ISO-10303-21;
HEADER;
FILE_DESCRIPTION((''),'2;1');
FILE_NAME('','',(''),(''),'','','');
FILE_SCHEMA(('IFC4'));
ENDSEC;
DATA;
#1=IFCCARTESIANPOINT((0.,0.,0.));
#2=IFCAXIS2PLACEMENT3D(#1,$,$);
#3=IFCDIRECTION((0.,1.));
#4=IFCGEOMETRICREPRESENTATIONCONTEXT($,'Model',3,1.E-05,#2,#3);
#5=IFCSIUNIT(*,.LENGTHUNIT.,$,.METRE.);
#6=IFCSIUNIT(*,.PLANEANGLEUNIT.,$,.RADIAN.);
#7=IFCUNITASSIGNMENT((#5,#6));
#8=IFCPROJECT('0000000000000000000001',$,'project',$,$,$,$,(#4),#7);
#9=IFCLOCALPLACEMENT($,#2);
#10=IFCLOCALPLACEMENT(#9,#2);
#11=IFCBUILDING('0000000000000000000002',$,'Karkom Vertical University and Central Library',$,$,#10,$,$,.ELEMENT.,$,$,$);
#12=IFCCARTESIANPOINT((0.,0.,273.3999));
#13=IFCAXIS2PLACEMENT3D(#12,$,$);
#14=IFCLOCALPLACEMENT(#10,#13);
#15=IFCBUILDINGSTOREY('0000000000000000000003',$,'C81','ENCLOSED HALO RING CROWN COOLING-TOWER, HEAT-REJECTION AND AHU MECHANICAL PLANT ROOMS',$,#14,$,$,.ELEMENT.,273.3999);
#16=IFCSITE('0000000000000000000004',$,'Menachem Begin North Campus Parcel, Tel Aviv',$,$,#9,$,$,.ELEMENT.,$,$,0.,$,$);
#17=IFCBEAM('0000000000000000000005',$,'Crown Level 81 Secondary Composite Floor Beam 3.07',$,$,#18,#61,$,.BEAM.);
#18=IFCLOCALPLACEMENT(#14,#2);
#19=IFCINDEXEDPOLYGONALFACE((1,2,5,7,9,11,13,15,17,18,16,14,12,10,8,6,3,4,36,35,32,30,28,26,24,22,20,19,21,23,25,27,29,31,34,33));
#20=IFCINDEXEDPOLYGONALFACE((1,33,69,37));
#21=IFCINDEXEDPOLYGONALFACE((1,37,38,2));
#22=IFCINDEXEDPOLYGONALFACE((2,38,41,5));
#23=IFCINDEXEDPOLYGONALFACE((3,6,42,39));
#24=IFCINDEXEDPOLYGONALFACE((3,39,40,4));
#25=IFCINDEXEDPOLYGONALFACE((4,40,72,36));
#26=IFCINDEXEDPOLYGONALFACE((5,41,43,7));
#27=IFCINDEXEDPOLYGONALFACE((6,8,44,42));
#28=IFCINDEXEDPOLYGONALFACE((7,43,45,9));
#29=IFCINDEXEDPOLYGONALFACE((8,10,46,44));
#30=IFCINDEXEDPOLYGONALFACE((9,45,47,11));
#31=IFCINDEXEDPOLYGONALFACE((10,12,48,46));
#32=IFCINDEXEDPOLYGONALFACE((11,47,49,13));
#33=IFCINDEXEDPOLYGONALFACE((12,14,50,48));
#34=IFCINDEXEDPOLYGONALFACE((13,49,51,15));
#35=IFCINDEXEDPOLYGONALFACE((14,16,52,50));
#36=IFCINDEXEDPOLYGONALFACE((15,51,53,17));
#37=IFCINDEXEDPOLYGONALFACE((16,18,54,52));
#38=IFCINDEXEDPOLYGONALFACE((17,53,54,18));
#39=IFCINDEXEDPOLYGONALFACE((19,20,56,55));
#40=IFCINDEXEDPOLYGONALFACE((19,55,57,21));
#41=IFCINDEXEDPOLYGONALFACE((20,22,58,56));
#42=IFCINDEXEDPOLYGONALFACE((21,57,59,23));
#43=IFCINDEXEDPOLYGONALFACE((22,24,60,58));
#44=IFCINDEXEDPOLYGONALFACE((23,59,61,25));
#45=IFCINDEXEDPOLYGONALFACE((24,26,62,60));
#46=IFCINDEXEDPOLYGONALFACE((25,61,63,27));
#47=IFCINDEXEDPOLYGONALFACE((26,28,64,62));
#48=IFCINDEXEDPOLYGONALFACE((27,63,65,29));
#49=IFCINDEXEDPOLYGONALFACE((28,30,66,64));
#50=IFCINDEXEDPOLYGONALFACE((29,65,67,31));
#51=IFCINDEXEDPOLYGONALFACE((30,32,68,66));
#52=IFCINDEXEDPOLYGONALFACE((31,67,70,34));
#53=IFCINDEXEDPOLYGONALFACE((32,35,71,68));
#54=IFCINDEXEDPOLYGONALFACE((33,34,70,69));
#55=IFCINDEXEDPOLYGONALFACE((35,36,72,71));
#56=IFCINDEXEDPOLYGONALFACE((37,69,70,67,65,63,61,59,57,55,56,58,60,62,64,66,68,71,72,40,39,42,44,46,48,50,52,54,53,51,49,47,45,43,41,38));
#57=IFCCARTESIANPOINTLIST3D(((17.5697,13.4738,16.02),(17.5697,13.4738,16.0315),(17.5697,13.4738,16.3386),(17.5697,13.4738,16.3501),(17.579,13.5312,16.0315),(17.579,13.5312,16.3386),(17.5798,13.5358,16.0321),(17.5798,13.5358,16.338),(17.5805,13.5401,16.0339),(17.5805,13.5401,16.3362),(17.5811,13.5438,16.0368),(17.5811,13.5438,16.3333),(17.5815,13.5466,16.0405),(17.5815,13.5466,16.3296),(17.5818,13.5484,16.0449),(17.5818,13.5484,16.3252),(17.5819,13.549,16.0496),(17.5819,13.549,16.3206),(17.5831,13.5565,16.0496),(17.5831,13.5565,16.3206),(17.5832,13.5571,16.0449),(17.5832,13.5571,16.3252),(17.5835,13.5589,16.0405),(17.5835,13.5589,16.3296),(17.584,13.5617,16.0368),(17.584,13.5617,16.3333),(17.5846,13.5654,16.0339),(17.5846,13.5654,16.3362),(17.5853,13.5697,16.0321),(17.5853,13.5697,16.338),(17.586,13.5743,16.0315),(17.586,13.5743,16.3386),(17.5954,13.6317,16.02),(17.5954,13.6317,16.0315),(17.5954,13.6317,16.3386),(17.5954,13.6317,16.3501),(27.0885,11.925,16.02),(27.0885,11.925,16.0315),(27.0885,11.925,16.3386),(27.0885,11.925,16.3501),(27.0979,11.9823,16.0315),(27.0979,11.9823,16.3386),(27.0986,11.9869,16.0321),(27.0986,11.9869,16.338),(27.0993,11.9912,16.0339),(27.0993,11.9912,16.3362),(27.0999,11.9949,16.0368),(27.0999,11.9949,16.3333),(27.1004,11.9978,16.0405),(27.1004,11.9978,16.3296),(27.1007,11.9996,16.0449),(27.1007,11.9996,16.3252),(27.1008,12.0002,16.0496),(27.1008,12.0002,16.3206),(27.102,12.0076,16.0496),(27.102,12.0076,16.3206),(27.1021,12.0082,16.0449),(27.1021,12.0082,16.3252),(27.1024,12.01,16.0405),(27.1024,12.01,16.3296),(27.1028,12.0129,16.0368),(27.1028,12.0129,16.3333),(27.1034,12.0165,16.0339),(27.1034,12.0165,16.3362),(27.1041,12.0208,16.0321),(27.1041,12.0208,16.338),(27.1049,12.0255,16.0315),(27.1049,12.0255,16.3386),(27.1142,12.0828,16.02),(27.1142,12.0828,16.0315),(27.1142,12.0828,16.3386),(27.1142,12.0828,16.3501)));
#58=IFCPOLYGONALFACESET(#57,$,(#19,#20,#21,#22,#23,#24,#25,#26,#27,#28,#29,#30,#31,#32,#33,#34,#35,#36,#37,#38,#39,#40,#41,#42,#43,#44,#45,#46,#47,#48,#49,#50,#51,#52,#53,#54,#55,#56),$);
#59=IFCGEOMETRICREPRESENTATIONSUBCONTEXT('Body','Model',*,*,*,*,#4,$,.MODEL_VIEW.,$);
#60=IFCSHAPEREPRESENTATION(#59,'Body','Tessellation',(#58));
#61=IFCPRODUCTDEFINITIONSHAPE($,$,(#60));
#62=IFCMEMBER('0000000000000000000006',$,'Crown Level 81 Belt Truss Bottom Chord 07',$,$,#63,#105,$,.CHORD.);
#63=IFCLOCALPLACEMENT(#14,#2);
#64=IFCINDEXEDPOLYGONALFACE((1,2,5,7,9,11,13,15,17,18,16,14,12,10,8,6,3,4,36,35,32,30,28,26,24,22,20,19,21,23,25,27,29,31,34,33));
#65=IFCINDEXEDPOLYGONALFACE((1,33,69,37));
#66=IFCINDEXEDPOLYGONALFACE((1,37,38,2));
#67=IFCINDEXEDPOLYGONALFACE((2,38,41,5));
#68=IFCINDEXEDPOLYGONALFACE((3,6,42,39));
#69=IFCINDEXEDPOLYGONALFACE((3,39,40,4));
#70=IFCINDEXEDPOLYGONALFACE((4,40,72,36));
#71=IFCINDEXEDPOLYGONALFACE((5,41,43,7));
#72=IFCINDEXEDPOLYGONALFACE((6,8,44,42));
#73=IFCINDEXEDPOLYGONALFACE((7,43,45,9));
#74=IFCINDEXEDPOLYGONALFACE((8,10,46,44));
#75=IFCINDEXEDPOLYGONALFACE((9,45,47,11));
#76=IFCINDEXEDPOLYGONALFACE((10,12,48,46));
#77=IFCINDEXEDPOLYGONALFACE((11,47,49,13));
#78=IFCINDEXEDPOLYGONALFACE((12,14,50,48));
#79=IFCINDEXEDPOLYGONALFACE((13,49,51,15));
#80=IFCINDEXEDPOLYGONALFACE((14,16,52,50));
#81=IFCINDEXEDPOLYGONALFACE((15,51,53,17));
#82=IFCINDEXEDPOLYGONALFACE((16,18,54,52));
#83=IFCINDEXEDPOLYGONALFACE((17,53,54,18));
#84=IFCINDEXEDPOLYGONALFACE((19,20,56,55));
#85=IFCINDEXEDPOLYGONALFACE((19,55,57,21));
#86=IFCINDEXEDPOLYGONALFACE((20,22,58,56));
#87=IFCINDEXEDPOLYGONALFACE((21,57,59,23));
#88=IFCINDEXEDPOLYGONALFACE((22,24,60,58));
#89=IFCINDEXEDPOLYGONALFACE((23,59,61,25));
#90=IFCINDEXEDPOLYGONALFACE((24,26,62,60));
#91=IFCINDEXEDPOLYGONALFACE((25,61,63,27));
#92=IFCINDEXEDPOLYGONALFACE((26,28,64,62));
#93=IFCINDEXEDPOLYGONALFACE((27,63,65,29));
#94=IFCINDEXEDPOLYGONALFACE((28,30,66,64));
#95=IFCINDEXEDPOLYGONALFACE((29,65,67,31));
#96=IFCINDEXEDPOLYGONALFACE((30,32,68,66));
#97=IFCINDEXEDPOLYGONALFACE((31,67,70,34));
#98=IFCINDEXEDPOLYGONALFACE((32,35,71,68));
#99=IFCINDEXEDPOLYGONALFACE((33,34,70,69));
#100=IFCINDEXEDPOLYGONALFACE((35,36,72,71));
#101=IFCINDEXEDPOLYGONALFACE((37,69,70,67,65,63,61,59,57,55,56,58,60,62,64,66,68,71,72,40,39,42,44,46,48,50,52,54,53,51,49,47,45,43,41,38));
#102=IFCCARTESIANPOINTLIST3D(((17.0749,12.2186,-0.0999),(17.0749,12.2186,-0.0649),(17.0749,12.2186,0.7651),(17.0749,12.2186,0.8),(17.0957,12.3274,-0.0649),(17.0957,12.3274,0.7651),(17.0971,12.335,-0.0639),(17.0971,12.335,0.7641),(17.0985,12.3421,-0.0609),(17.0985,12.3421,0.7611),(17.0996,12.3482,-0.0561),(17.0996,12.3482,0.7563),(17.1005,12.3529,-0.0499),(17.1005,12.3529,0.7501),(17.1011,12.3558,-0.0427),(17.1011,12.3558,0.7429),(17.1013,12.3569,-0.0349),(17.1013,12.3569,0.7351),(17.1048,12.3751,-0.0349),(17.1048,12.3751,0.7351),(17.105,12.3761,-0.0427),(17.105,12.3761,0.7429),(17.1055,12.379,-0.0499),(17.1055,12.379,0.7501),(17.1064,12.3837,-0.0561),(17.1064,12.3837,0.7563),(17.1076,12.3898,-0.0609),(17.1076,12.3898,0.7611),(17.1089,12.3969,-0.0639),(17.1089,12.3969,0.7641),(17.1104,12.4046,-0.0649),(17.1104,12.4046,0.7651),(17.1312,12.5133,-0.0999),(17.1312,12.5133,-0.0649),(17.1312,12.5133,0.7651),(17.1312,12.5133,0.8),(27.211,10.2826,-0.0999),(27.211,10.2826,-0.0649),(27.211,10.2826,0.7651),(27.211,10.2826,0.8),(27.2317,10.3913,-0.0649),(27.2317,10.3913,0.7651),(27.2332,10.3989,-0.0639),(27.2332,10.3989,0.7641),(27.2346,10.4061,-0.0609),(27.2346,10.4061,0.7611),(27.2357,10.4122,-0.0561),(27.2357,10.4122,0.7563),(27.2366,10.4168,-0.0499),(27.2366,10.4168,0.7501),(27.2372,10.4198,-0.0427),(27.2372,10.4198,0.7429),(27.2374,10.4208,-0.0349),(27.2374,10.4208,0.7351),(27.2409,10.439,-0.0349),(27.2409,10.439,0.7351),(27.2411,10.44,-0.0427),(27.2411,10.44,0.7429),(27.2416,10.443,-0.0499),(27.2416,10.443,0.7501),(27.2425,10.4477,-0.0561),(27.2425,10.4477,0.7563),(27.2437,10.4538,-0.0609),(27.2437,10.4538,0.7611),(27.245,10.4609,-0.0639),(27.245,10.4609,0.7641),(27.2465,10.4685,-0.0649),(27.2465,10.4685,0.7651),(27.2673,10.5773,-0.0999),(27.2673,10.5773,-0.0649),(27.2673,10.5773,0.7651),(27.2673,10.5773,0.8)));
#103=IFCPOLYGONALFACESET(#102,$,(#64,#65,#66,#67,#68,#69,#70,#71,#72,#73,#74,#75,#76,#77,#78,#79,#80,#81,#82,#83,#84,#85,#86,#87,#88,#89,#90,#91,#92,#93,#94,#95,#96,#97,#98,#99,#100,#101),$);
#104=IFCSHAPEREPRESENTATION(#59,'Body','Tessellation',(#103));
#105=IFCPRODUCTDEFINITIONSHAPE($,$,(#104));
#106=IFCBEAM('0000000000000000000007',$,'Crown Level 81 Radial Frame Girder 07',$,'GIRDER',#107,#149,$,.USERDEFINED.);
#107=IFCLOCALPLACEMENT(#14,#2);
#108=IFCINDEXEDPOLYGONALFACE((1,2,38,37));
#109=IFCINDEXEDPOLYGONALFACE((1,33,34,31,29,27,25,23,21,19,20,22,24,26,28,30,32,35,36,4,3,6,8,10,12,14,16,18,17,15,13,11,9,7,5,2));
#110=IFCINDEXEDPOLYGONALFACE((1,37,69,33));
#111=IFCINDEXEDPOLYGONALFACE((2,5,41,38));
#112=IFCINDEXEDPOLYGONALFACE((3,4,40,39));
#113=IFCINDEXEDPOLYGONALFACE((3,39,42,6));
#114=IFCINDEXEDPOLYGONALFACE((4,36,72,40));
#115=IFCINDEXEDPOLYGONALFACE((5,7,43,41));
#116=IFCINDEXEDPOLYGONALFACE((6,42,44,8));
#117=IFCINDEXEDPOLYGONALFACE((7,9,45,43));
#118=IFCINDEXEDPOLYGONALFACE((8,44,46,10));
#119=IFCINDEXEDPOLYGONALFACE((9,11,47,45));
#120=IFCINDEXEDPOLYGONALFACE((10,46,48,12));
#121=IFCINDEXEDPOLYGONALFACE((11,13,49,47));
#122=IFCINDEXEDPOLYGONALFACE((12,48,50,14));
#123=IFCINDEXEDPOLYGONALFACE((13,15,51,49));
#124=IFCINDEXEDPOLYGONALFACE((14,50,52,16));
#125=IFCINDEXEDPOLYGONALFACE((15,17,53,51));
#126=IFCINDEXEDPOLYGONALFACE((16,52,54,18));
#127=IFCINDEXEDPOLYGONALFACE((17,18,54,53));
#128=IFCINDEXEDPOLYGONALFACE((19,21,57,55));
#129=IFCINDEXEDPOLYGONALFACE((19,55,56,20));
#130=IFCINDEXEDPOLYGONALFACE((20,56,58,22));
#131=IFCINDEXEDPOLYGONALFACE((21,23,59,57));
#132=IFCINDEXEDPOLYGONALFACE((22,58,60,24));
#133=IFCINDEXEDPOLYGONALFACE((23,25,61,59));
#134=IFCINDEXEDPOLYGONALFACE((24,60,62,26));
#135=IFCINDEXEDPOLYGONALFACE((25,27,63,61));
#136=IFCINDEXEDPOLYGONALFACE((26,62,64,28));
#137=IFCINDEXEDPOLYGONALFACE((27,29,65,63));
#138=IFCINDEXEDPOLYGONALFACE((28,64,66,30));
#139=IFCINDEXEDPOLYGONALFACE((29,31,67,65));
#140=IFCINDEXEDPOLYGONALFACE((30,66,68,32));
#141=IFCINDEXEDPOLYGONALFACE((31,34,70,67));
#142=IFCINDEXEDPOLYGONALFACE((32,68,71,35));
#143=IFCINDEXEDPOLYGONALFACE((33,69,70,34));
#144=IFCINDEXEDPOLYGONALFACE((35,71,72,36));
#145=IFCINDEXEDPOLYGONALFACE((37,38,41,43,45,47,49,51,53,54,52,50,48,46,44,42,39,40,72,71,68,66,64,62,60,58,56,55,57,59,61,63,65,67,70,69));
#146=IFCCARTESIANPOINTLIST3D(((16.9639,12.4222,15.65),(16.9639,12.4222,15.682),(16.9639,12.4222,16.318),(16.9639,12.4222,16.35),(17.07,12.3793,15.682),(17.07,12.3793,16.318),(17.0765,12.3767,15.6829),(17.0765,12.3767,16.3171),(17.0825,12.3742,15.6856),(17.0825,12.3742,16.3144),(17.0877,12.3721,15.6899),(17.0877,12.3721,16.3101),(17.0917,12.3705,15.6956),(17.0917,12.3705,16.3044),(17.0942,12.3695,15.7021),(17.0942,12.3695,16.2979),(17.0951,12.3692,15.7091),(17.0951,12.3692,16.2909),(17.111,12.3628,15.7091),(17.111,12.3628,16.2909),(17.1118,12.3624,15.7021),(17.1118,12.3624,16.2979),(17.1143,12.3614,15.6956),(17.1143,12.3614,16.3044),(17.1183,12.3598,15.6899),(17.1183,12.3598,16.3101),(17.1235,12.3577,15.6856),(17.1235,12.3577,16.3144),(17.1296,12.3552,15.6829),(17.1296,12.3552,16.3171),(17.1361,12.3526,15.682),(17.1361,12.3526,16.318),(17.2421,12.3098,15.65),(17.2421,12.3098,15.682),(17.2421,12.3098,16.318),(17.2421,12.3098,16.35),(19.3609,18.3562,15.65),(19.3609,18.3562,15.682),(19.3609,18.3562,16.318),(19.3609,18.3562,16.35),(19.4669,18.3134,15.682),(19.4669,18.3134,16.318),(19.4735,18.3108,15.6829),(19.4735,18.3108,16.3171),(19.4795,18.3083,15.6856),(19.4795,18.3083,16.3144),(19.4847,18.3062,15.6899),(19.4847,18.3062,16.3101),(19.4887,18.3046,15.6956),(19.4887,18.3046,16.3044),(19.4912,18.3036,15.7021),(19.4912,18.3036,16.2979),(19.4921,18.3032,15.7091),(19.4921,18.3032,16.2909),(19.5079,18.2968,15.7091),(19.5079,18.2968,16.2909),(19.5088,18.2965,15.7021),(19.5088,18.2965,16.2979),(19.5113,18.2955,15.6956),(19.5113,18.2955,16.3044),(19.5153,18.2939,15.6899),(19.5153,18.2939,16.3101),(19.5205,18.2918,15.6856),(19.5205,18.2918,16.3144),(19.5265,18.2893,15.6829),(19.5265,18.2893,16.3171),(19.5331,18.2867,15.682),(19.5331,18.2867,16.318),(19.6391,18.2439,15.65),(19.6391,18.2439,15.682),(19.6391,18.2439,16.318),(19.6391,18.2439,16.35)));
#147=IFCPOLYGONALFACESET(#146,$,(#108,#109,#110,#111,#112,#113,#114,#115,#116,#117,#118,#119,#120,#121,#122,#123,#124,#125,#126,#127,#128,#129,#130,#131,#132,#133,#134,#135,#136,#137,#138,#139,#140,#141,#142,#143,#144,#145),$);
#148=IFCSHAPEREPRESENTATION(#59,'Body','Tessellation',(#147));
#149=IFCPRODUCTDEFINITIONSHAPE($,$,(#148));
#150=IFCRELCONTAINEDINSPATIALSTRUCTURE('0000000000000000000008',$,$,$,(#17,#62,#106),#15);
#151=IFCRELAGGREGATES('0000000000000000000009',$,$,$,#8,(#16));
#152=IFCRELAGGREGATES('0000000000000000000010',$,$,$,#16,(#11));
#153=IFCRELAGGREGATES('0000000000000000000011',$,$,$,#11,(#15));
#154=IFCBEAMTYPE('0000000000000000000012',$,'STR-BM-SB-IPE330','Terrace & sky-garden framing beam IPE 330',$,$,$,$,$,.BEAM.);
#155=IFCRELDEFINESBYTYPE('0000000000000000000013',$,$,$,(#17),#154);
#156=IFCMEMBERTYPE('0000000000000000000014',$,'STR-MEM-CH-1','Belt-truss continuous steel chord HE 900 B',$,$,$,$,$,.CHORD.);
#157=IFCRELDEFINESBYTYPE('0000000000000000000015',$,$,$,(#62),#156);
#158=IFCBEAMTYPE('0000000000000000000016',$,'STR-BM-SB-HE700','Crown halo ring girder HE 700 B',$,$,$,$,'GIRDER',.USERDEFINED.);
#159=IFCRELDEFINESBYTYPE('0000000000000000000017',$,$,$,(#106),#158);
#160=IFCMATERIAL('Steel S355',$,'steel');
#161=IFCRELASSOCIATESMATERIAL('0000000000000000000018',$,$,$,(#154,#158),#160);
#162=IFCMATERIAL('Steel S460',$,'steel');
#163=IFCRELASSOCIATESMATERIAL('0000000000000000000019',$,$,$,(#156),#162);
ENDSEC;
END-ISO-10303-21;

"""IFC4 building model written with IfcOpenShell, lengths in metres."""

from ifc_helpers import new_model, si_unit, direction, frame, origin, origin_with_axes, origin_2d, place, context, subcontext, project, spatial, i_section, extrude, source, transform, mapped, material, material_profile, profile_set, type_object, element, save


model = new_model("IFC4")

# Units and contexts
model_context = context("Model", 3, precision=1e-05, world=origin(), true_north=direction((0.0, 1.0)))
body_context = subcontext(model_context, "Body", "Model", "MODEL_VIEW")
ifc_project = project(units=[si_unit("LENGTHUNIT", "METRE"), si_unit("PLANEANGLEUNIT", "RADIAN")], contexts=[model_context])

# Site, building, storey
site_placement = place(None, origin())
site = spatial("IfcSite", under=ifc_project, at=site_placement, Name="Menachem Begin North Campus Parcel, Tel Aviv", CompositionType="ELEMENT", RefElevation=0.0)
building_placement = place(site_placement, origin())
building = spatial("IfcBuilding", under=site, at=building_placement, Name="Karkom Vertical University and Central Library", CompositionType="ELEMENT")
storey_placement = place(building_placement, frame((0.0, 0.0, 273.3999)))
storey = spatial("IfcBuildingStorey", under=building, at=storey_placement, Name="C81", Description="ENCLOSED HALO RING CROWN COOLING-TOWER, HEAT-REJECTION AND AHU MECHANICAL PLANT ROOMS", CompositionType="ELEMENT", Elevation=273.3999)

# Beam
ifc_material_1 = material(Name="Steel S355", Category="steel")
ifc_material_profile_1 = material_profile(ifc_material_1, i_section(OverallWidth=0.1599, OverallDepth=0.3301, WebThickness=0.0076, FlangeThickness=0.0115, FilletRadius=0.0181, at=origin_2d()), Name="IPE 330")
ifc_profile_set_1 = profile_set([ifc_material_profile_1], Name="Steel S355")
beam_type_1 = type_object("IfcBeamType", Name="STR-BM-SB-IPE330", Description="Terrace & sky-garden framing beam IPE 330", PredefinedType="BEAM", material=ifc_profile_set_1)
shared_shape_1 = source(origin_with_axes(), body_context, "Body", "SweptSolid", [
    extrude(i_section(OverallWidth=0.1599, OverallDepth=0.3301, WebThickness=0.0076, FlangeThickness=0.0115, FilletRadius=0.0181, at=origin_2d()), origin(), (0.0, 0.0, 1.0), 9.644),
])
beam_1_placement = place(storey_placement, frame((17.5825, 13.5527, 16.1851), z_axis=(0.987019, -0.1606, 0.0), x_axis=(0.1606, 0.987019, 0.0)))
element("IfcBeam", 1, at=beam_1_placement, inside=storey, type_object=beam_type_1, Name="Crown Level 81 Secondary Composite Floor Beam 3.07", PredefinedType="BEAM", context=body_context, shape_type="MappedRepresentation", body=[
    mapped(shared_shape_1, transform((0.0, 0.0, 0.0), scale=1.0)),
])

# Member
ifc_material_2 = material(Name="Steel S460", Category="steel")
ifc_material_profile_2 = material_profile(ifc_material_2, i_section(OverallWidth=0.3, OverallDepth=0.8999, WebThickness=0.0186, FlangeThickness=0.0349, FilletRadius=0.03, at=origin_2d()), Name="HE 900 B")
ifc_profile_set_2 = profile_set([ifc_material_profile_2], Name="Steel S460")
member_type_1 = type_object("IfcMemberType", Name="STR-MEM-CH-1", Description="Belt-truss continuous steel chord HE 900 B", PredefinedType="CHORD", material=ifc_profile_set_2)
shared_shape_2 = source(origin_with_axes(), body_context, "Body", "SweptSolid", [
    extrude(i_section(OverallWidth=0.3, OverallDepth=0.8999, WebThickness=0.0186, FlangeThickness=0.0349, FilletRadius=0.03, at=origin_2d()), origin(), (0.0, 0.0, 1.0), 10.3193),
])
member_1_placement = place(storey_placement, frame((17.103, 12.366, 0.3501), z_axis=(0.982243, -0.187614, 0.0), x_axis=(0.187614, 0.982243, 0.0)))
element("IfcMember", 2, at=member_1_placement, inside=storey, type_object=member_type_1, Name="Crown Level 81 Belt Truss Bottom Chord 07", PredefinedType="CHORD", context=body_context, shape_type="MappedRepresentation", body=[
    mapped(shared_shape_2, transform((0.0, 0.0, 0.0), scale=1.0)),
])

# Beam
ifc_material_profile_3 = material_profile(ifc_material_1, i_section(OverallWidth=0.3, OverallDepth=0.7, WebThickness=0.0171, FlangeThickness=0.032, FilletRadius=0.0271, at=origin_2d()), Name="HE 700 B")
ifc_profile_set_3 = profile_set([ifc_material_profile_3], Name="Steel S355")
beam_type_2 = type_object("IfcBeamType", Name="STR-BM-SB-HE700", Description="Crown halo ring girder HE 700 B", ElementType="GIRDER", PredefinedType="USERDEFINED", material=ifc_profile_set_3)
shared_shape_3 = source(origin_with_axes(), body_context, "Body", "SweptSolid", [
    extrude(i_section(OverallWidth=0.3, OverallDepth=0.7, WebThickness=0.0171, FlangeThickness=0.032, FilletRadius=0.0271, at=origin_2d()), origin(), (0.0, 0.0, 1.0), 6.3999),
])
beam_2_placement = place(storey_placement, frame((19.5, 18.3, 16.0), z_axis=(-0.374532, -0.927214, 0.0), x_axis=(0.927214, -0.374532, 0.0)))
element("IfcBeam", 3, at=beam_2_placement, inside=storey, type_object=beam_type_2, Name="Crown Level 81 Radial Frame Girder 07", ObjectType="GIRDER", PredefinedType="USERDEFINED", context=body_context, shape_type="MappedRepresentation", body=[
    mapped(shared_shape_3, transform((0.0, 0.0, 0.0), scale=1.0)),
])

save(model, "model.ifc")
